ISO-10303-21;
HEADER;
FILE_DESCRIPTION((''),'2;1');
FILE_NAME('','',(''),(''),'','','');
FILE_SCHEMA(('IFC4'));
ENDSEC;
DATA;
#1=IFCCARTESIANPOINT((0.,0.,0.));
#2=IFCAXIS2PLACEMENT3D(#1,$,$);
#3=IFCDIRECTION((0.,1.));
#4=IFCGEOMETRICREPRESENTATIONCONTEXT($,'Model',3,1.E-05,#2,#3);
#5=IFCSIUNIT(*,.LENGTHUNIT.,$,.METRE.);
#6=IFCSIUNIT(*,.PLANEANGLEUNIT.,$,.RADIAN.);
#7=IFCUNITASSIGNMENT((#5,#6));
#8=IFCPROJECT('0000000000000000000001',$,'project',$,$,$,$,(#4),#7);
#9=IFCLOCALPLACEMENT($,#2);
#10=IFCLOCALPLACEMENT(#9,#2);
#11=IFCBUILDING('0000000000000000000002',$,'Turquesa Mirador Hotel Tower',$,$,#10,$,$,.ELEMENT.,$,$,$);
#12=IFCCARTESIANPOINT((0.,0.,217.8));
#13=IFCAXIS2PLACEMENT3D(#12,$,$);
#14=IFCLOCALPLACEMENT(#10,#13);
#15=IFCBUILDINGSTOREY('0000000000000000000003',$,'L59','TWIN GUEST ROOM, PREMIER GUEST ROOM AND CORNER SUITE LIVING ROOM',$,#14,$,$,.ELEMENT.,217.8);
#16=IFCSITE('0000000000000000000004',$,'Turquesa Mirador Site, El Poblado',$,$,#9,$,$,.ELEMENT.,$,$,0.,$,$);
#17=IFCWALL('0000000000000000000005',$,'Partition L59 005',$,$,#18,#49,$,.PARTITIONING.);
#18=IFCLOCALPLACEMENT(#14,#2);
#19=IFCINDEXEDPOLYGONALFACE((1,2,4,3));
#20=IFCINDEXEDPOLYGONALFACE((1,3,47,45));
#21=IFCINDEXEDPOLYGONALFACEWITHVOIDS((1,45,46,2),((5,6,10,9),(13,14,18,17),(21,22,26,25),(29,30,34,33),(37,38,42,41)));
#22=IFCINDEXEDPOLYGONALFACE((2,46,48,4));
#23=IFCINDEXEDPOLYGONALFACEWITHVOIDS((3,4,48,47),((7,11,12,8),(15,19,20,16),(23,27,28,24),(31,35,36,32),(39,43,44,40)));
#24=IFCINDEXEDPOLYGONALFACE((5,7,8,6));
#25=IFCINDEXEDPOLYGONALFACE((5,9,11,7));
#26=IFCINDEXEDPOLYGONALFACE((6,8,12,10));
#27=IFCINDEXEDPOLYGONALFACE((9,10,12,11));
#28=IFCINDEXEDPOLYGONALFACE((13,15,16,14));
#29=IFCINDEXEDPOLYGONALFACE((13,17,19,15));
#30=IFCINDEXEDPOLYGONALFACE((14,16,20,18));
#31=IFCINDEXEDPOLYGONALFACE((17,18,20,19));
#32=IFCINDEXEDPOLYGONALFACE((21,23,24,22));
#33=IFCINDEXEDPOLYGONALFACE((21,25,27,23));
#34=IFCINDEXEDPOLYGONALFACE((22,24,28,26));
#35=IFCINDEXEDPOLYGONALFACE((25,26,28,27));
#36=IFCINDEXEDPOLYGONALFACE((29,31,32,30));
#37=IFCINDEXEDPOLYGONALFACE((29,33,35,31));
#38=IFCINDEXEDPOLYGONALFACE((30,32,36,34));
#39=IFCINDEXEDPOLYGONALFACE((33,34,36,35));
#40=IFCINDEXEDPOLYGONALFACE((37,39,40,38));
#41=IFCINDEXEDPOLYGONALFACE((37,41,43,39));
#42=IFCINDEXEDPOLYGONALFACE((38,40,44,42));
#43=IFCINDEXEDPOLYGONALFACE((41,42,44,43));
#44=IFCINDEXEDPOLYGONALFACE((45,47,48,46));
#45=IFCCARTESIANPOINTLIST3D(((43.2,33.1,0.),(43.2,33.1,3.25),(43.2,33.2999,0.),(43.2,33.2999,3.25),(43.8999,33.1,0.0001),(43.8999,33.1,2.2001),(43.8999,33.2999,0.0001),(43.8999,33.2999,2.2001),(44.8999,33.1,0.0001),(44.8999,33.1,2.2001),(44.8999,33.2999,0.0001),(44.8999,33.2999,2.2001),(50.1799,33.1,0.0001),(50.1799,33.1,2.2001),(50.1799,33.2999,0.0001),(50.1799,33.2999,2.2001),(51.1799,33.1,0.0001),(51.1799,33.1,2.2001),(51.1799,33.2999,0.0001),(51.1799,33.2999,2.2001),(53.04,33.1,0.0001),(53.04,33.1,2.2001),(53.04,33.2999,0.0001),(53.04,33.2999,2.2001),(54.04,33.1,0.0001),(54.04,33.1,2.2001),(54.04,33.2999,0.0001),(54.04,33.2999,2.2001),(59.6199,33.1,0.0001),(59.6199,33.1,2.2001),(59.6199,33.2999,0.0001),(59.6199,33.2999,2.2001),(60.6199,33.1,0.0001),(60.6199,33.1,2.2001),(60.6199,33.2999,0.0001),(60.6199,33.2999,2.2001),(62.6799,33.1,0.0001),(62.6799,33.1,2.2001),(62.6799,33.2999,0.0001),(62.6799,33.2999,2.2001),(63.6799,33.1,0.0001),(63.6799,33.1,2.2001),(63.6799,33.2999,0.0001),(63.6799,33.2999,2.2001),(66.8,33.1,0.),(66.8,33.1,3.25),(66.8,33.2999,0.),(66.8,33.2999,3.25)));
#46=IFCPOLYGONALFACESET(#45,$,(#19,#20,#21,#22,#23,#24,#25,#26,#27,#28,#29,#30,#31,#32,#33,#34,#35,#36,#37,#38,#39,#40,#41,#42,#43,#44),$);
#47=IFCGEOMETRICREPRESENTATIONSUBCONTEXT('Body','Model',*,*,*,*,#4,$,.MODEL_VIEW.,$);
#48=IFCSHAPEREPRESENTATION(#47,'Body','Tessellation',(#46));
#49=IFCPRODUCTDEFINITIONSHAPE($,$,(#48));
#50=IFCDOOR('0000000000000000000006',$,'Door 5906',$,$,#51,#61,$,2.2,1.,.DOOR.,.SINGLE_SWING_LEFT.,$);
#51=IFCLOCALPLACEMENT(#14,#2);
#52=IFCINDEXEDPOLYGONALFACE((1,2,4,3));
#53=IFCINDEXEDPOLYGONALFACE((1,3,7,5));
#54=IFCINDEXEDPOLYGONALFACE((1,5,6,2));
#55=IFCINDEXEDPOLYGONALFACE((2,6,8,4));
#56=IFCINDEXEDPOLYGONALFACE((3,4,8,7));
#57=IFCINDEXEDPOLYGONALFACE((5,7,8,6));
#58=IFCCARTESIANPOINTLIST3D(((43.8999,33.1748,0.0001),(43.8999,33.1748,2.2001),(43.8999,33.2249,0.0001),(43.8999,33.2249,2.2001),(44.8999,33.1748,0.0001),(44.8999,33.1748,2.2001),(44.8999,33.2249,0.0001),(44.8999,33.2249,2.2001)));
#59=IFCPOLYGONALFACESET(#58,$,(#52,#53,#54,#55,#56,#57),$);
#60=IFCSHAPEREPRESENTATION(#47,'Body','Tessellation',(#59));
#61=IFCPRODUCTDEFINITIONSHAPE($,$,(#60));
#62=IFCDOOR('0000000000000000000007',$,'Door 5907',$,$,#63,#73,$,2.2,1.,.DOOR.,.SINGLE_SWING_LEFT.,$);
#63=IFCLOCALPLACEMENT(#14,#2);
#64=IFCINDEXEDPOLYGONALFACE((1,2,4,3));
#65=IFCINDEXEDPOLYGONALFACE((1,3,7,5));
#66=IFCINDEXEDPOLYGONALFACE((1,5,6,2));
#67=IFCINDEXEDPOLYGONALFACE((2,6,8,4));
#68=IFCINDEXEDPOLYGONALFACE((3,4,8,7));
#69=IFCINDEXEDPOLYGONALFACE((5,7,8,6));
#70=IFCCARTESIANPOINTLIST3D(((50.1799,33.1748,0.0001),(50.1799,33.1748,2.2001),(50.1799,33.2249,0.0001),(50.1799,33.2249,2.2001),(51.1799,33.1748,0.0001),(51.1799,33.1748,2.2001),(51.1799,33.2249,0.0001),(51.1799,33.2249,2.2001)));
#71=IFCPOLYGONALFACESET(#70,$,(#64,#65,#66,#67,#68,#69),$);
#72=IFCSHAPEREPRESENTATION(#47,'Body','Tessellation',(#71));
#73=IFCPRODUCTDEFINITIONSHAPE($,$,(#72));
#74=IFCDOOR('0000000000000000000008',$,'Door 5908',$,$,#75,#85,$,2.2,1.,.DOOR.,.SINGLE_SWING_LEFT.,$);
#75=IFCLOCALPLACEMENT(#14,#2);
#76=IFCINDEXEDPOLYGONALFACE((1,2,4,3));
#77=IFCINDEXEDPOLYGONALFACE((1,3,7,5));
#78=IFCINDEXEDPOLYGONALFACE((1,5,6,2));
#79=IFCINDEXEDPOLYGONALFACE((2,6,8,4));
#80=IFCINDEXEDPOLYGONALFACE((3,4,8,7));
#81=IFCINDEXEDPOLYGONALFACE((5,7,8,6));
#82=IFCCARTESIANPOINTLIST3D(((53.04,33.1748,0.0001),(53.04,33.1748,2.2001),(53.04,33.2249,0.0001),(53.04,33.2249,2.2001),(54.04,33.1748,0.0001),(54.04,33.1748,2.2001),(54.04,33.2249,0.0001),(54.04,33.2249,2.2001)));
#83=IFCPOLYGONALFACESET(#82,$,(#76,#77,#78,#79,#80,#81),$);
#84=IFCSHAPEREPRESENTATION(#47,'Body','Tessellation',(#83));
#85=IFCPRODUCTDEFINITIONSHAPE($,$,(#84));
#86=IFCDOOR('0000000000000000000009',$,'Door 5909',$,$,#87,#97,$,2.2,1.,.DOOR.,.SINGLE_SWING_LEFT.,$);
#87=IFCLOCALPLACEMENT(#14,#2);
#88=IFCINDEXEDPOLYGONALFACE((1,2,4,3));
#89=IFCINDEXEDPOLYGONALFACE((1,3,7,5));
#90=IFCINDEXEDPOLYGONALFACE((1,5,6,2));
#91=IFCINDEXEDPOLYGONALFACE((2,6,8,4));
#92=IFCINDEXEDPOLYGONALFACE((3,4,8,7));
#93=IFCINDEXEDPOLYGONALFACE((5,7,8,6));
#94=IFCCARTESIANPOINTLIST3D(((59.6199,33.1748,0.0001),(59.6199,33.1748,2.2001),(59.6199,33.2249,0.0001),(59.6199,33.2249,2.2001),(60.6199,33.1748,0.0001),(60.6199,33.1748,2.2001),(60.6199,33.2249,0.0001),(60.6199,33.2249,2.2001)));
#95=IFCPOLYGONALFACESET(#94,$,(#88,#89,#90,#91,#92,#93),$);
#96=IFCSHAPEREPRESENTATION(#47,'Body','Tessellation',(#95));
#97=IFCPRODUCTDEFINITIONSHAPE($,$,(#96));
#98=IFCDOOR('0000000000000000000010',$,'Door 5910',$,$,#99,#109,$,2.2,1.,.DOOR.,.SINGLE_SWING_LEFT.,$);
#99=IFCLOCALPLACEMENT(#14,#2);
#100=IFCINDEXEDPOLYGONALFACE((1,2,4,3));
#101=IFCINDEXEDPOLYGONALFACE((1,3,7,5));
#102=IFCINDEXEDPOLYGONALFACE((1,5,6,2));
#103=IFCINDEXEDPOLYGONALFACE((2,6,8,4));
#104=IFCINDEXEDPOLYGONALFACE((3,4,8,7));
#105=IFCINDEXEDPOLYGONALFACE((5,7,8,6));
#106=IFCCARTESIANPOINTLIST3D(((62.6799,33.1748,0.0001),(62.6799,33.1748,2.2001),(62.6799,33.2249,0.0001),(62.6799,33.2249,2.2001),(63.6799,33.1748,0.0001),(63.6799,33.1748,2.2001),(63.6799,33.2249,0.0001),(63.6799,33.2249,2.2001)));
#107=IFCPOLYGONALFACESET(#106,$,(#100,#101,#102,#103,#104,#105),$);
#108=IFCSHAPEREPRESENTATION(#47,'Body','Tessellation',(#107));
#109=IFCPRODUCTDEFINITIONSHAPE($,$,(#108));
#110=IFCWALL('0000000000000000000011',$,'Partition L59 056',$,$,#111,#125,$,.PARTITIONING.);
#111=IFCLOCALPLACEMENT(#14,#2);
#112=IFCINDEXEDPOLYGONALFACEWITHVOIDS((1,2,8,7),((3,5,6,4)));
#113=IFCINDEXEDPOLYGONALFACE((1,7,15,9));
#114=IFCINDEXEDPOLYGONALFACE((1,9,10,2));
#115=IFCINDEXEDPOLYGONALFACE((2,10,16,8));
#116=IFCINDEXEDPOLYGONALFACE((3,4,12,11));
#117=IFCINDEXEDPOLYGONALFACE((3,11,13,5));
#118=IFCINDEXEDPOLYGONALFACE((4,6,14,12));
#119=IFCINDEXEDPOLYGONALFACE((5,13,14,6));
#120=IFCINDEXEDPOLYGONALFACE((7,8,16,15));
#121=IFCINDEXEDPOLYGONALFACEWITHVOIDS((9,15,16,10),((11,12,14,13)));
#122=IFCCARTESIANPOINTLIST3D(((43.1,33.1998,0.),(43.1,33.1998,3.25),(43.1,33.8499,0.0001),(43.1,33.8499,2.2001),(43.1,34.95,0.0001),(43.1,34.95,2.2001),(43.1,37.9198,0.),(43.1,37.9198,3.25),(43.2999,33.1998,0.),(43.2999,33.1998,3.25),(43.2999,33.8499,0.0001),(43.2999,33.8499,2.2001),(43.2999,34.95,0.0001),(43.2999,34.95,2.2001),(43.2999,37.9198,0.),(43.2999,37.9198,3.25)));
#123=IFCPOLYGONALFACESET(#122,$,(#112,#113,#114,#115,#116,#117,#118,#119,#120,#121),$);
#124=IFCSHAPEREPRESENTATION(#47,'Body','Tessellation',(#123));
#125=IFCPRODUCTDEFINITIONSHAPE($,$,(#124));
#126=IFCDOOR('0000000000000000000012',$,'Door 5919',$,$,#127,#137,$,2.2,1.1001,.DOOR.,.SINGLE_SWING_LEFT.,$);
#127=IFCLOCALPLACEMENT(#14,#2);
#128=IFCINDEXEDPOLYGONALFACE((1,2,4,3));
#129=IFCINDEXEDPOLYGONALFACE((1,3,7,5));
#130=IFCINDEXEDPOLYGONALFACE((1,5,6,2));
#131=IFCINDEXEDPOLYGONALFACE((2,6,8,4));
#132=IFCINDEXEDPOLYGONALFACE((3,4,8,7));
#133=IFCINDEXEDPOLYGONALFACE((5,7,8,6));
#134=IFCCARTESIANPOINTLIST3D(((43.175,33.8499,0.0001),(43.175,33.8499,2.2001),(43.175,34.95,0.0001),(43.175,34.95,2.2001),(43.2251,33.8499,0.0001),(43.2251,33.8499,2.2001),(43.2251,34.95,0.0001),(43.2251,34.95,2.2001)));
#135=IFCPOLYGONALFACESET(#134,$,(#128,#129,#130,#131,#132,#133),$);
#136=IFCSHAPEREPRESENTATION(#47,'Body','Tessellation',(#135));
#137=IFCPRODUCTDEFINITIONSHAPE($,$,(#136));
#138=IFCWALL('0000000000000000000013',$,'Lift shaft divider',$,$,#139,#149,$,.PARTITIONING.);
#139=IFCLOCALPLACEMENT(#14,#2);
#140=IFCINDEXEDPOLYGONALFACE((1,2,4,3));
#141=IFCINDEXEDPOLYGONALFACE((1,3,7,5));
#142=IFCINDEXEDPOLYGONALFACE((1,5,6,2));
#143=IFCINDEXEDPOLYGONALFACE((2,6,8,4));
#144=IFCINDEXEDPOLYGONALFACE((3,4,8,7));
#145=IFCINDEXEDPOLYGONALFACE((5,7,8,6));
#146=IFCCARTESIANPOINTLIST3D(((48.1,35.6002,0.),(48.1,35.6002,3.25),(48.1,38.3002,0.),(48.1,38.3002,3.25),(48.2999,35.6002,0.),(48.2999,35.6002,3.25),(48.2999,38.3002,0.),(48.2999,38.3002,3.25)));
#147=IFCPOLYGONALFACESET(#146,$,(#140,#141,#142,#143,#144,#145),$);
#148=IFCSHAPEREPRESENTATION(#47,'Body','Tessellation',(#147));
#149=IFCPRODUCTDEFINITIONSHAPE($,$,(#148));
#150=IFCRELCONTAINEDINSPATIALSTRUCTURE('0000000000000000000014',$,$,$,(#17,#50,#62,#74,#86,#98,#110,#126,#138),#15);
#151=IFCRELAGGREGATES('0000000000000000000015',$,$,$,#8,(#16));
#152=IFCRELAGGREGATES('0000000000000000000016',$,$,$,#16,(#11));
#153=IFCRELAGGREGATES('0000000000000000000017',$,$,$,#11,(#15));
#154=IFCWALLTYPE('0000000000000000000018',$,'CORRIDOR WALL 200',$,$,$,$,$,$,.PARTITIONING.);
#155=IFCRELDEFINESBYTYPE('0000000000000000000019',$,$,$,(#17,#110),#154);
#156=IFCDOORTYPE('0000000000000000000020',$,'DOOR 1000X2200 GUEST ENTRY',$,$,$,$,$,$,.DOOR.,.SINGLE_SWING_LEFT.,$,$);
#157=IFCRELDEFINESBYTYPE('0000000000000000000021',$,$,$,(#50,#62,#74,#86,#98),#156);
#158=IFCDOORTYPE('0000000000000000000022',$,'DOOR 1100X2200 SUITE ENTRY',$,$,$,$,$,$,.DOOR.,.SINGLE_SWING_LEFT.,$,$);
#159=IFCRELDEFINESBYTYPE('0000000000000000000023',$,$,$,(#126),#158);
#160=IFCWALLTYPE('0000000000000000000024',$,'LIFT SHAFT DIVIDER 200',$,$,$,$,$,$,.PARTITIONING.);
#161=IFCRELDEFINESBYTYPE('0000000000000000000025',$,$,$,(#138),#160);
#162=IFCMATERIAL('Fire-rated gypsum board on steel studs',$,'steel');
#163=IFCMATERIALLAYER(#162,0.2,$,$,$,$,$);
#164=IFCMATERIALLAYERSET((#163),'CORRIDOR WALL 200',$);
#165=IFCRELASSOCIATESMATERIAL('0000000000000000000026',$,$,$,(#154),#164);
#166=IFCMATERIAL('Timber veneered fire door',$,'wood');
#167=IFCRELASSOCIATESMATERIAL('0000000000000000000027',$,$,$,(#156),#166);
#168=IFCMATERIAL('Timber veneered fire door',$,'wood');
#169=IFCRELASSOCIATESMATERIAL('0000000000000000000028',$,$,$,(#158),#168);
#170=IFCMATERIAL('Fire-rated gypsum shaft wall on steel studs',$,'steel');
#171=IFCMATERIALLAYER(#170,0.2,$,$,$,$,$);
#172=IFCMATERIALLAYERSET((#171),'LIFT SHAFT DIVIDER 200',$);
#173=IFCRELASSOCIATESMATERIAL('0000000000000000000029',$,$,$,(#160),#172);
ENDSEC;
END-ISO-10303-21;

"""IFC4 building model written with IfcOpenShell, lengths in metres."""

from ifc_helpers import new_model, si_unit, direction, frame, frame_2d, origin, place, context, subcontext, project, spatial, rectangle, extrude, material, layer, layer_set, type_object, element, fill, save


model = new_model("IFC4")

# Units and contexts
model_context = context("Model", 3, precision=1e-05, world=origin(), true_north=direction((0.0, 1.0)))
body_context = subcontext(model_context, "Body", "Model", "MODEL_VIEW")
ifc_project = project(units=[si_unit("LENGTHUNIT", "METRE"), si_unit("PLANEANGLEUNIT", "RADIAN")], contexts=[model_context])

# Site, building, storey
site_placement = place(None, origin())
site = spatial("IfcSite", under=ifc_project, at=site_placement, Name="Turquesa Mirador Site, El Poblado", CompositionType="ELEMENT", RefElevation=0.0)
building_placement = place(site_placement, origin())
building = spatial("IfcBuilding", under=site, at=building_placement, Name="Turquesa Mirador Hotel Tower", CompositionType="ELEMENT")
storey_placement = place(building_placement, frame((0.0, 0.0, 217.8)))
storey = spatial("IfcBuildingStorey", under=building, at=storey_placement, Name="L59", Description="TWIN GUEST ROOM, PREMIER GUEST ROOM AND CORNER SUITE LIVING ROOM", CompositionType="ELEMENT", Elevation=217.8)

# Wall, openings, doors
ifc_material_1 = material(Name="Fire-rated gypsum board on steel studs", Category="steel")
ifc_layer_1 = layer(ifc_material_1, 0.2)
ifc_layer_set_1 = layer_set([ifc_layer_1], Name="CORRIDOR WALL 200")
wall_type_1 = type_object("IfcWallType", Name="CORRIDOR WALL 200", PredefinedType="PARTITIONING", material=ifc_layer_set_1)
wall_1_placement = place(storey_placement, frame((43.2, 33.2, 0.0), z_axis=(0.0, 0.0, 1.0), x_axis=(1.0, 0.0, 0.0)))
wall_1 = element("IfcWall", 1, at=wall_1_placement, inside=storey, type_object=wall_type_1, Name="Partition L59 005", PredefinedType="PARTITIONING", context=body_context, shape_type="SweptSolid", body=[
    extrude(rectangle(XDim=23.6001, YDim=0.2, at=frame_2d((11.8, 0.0))), origin(), (0.0, 0.0, 1.0), 3.25),
])
opening_1_placement = place(wall_1_placement, frame((0.7, 0.0, 0.0)))
opening_1 = element("IfcOpeningElement", 2, at=opening_1_placement, cuts=wall_1, PredefinedType="OPENING", context=body_context, shape_type="SweptSolid", body=[
    extrude(rectangle(XDim=1.0, YDim=2.2, at=frame_2d((0.5, 1.1001))), frame((0.0, 0.1099, 0.0), z_axis=(0.0, -1.0, 0.0), x_axis=(1.0, 0.0, 0.0)), (0.0, 0.0, 1.0), 0.22),
])
opening_2_placement = place(wall_1_placement, frame((6.98, 0.0, 0.0)))
opening_2 = element("IfcOpeningElement", 3, at=opening_2_placement, cuts=wall_1, PredefinedType="OPENING", context=body_context, shape_type="SweptSolid", body=[
    extrude(rectangle(XDim=1.0, YDim=2.2, at=frame_2d((0.5, 1.1001))), frame((0.0, 0.1099, 0.0), z_axis=(0.0, -1.0, 0.0), x_axis=(1.0, 0.0, 0.0)), (0.0, 0.0, 1.0), 0.22),
])
opening_3_placement = place(wall_1_placement, frame((9.8401, 0.0, 0.0)))
opening_3 = element("IfcOpeningElement", 4, at=opening_3_placement, cuts=wall_1, PredefinedType="OPENING", context=body_context, shape_type="SweptSolid", body=[
    extrude(rectangle(XDim=1.0, YDim=2.2, at=frame_2d((0.5, 1.1001))), frame((0.0, 0.1099, 0.0), z_axis=(0.0, -1.0, 0.0), x_axis=(1.0, 0.0, 0.0)), (0.0, 0.0, 1.0), 0.22),
])
opening_4_placement = place(wall_1_placement, frame((16.4199, 0.0, 0.0)))
opening_4 = element("IfcOpeningElement", 5, at=opening_4_placement, cuts=wall_1, PredefinedType="OPENING", context=body_context, shape_type="SweptSolid", body=[
    extrude(rectangle(XDim=1.0, YDim=2.2, at=frame_2d((0.5, 1.1001))), frame((0.0, 0.1099, 0.0), z_axis=(0.0, -1.0, 0.0), x_axis=(1.0, 0.0, 0.0)), (0.0, 0.0, 1.0), 0.22),
])
opening_5_placement = place(wall_1_placement, frame((19.48, 0.0, 0.0)))
opening_5 = element("IfcOpeningElement", 6, at=opening_5_placement, cuts=wall_1, PredefinedType="OPENING", context=body_context, shape_type="SweptSolid", body=[
    extrude(rectangle(XDim=1.0, YDim=2.2, at=frame_2d((0.5, 1.1001))), frame((0.0, 0.1099, 0.0), z_axis=(0.0, -1.0, 0.0), x_axis=(1.0, 0.0, 0.0)), (0.0, 0.0, 1.0), 0.22),
])
ifc_material_2 = material(Name="Timber veneered fire door", Category="wood")
door_type_1 = type_object("IfcDoorType", Name="DOOR 1000X2200 GUEST ENTRY", OperationType="SINGLE_SWING_LEFT", PredefinedType="DOOR", material=ifc_material_2)
door_1_placement = place(opening_1_placement, origin())
door_1 = element("IfcDoor", 7, at=door_1_placement, inside=storey, type_object=door_type_1, Name="Door 5906", OperationType="SINGLE_SWING_LEFT", OverallHeight=2.2, OverallWidth=1.0, PredefinedType="DOOR", context=body_context, shape_type="SweptSolid", body=[
    extrude(rectangle(XDim=1.0, YDim=2.2, at=frame_2d((0.5, 1.1001))), frame((0.0, 0.0249, 0.0), z_axis=(0.0, -1.0, 0.0), x_axis=(1.0, 0.0, 0.0)), (0.0, 0.0, 1.0), 0.05),
])
fill(opening_1, door_1)
door_2_placement = place(opening_2_placement, origin())
door_2 = element("IfcDoor", 8, at=door_2_placement, inside=storey, type_object=door_type_1, Name="Door 5907", OperationType="SINGLE_SWING_LEFT", OverallHeight=2.2, OverallWidth=1.0, PredefinedType="DOOR", context=body_context, shape_type="SweptSolid", body=[
    extrude(rectangle(XDim=1.0, YDim=2.2, at=frame_2d((0.5, 1.1001))), frame((0.0, 0.0249, 0.0), z_axis=(0.0, -1.0, 0.0), x_axis=(1.0, 0.0, 0.0)), (0.0, 0.0, 1.0), 0.05),
])
fill(opening_2, door_2)
door_3_placement = place(opening_3_placement, origin())
door_3 = element("IfcDoor", 9, at=door_3_placement, inside=storey, type_object=door_type_1, Name="Door 5908", OperationType="SINGLE_SWING_LEFT", OverallHeight=2.2, OverallWidth=1.0, PredefinedType="DOOR", context=body_context, shape_type="SweptSolid", body=[
    extrude(rectangle(XDim=1.0, YDim=2.2, at=frame_2d((0.5, 1.1001))), frame((0.0, 0.0249, 0.0), z_axis=(0.0, -1.0, 0.0), x_axis=(1.0, 0.0, 0.0)), (0.0, 0.0, 1.0), 0.05),
])
fill(opening_3, door_3)
door_4_placement = place(opening_4_placement, origin())
door_4 = element("IfcDoor", 10, at=door_4_placement, inside=storey, type_object=door_type_1, Name="Door 5909", OperationType="SINGLE_SWING_LEFT", OverallHeight=2.2, OverallWidth=1.0, PredefinedType="DOOR", context=body_context, shape_type="SweptSolid", body=[
    extrude(rectangle(XDim=1.0, YDim=2.2, at=frame_2d((0.5, 1.1001))), frame((0.0, 0.0249, 0.0), z_axis=(0.0, -1.0, 0.0), x_axis=(1.0, 0.0, 0.0)), (0.0, 0.0, 1.0), 0.05),
])
fill(opening_4, door_4)
door_5_placement = place(opening_5_placement, origin())
door_5 = element("IfcDoor", 11, at=door_5_placement, inside=storey, type_object=door_type_1, Name="Door 5910", OperationType="SINGLE_SWING_LEFT", OverallHeight=2.2, OverallWidth=1.0, PredefinedType="DOOR", context=body_context, shape_type="SweptSolid", body=[
    extrude(rectangle(XDim=1.0, YDim=2.2, at=frame_2d((0.5, 1.1001))), frame((0.0, 0.0249, 0.0), z_axis=(0.0, -1.0, 0.0), x_axis=(1.0, 0.0, 0.0)), (0.0, 0.0, 1.0), 0.05),
])
fill(opening_5, door_5)

# Wall, opening, door
wall_2_placement = place(storey_placement, frame((43.2, 33.2, 0.0), z_axis=(0.0, 0.0, 1.0), x_axis=(0.0, 1.0, 0.0)))
wall_2 = element("IfcWall", 12, at=wall_2_placement, inside=storey, type_object=wall_type_1, Name="Partition L59 056", PredefinedType="PARTITIONING", context=body_context, shape_type="SweptSolid", body=[
    extrude(rectangle(XDim=4.72, YDim=0.2, at=frame_2d((2.3599, 0.0))), origin(), (0.0, 0.0, 1.0), 3.25),
])
opening_6_placement = place(wall_2_placement, frame((0.6499, 0.0, 0.0)))
opening_6 = element("IfcOpeningElement", 13, at=opening_6_placement, cuts=wall_2, PredefinedType="OPENING", context=body_context, shape_type="SweptSolid", body=[
    extrude(rectangle(XDim=1.1001, YDim=2.2, at=frame_2d((0.55, 1.1001))), frame((0.0, 0.1099, 0.0), z_axis=(0.0, -1.0, 0.0), x_axis=(1.0, 0.0, 0.0)), (0.0, 0.0, 1.0), 0.22),
])
ifc_material_3 = material(Name="Timber veneered fire door", Category="wood")
door_type_2 = type_object("IfcDoorType", Name="DOOR 1100X2200 SUITE ENTRY", OperationType="SINGLE_SWING_LEFT", PredefinedType="DOOR", material=ifc_material_3)
door_6_placement = place(opening_6_placement, origin())
door_6 = element("IfcDoor", 14, at=door_6_placement, inside=storey, type_object=door_type_2, Name="Door 5919", OperationType="SINGLE_SWING_LEFT", OverallHeight=2.2, OverallWidth=1.1001, PredefinedType="DOOR", context=body_context, shape_type="SweptSolid", body=[
    extrude(rectangle(XDim=1.1001, YDim=2.2, at=frame_2d((0.55, 1.1001))), frame((0.0, 0.0249, 0.0), z_axis=(0.0, -1.0, 0.0), x_axis=(1.0, 0.0, 0.0)), (0.0, 0.0, 1.0), 0.05),
])
fill(opening_6, door_6)

# Wall
ifc_material_4 = material(Name="Fire-rated gypsum shaft wall on steel studs", Category="steel")
ifc_layer_2 = layer(ifc_material_4, 0.2)
ifc_layer_set_2 = layer_set([ifc_layer_2], Name="LIFT SHAFT DIVIDER 200")
wall_type_2 = type_object("IfcWallType", Name="LIFT SHAFT DIVIDER 200", PredefinedType="PARTITIONING", material=ifc_layer_set_2)
wall_3_placement = place(storey_placement, frame((48.2, 35.6001, 0.0), z_axis=(0.0, 0.0, 1.0), x_axis=(0.0, 1.0, 0.0)))
element("IfcWall", 15, at=wall_3_placement, inside=storey, type_object=wall_type_2, Name="Lift shaft divider", PredefinedType="PARTITIONING", context=body_context, shape_type="SweptSolid", body=[
    extrude(rectangle(XDim=2.7, YDim=0.2, at=frame_2d((1.3501, 0.0))), origin(), (0.0, 0.0, 1.0), 3.25),
])

save(model, "model.ifc")
